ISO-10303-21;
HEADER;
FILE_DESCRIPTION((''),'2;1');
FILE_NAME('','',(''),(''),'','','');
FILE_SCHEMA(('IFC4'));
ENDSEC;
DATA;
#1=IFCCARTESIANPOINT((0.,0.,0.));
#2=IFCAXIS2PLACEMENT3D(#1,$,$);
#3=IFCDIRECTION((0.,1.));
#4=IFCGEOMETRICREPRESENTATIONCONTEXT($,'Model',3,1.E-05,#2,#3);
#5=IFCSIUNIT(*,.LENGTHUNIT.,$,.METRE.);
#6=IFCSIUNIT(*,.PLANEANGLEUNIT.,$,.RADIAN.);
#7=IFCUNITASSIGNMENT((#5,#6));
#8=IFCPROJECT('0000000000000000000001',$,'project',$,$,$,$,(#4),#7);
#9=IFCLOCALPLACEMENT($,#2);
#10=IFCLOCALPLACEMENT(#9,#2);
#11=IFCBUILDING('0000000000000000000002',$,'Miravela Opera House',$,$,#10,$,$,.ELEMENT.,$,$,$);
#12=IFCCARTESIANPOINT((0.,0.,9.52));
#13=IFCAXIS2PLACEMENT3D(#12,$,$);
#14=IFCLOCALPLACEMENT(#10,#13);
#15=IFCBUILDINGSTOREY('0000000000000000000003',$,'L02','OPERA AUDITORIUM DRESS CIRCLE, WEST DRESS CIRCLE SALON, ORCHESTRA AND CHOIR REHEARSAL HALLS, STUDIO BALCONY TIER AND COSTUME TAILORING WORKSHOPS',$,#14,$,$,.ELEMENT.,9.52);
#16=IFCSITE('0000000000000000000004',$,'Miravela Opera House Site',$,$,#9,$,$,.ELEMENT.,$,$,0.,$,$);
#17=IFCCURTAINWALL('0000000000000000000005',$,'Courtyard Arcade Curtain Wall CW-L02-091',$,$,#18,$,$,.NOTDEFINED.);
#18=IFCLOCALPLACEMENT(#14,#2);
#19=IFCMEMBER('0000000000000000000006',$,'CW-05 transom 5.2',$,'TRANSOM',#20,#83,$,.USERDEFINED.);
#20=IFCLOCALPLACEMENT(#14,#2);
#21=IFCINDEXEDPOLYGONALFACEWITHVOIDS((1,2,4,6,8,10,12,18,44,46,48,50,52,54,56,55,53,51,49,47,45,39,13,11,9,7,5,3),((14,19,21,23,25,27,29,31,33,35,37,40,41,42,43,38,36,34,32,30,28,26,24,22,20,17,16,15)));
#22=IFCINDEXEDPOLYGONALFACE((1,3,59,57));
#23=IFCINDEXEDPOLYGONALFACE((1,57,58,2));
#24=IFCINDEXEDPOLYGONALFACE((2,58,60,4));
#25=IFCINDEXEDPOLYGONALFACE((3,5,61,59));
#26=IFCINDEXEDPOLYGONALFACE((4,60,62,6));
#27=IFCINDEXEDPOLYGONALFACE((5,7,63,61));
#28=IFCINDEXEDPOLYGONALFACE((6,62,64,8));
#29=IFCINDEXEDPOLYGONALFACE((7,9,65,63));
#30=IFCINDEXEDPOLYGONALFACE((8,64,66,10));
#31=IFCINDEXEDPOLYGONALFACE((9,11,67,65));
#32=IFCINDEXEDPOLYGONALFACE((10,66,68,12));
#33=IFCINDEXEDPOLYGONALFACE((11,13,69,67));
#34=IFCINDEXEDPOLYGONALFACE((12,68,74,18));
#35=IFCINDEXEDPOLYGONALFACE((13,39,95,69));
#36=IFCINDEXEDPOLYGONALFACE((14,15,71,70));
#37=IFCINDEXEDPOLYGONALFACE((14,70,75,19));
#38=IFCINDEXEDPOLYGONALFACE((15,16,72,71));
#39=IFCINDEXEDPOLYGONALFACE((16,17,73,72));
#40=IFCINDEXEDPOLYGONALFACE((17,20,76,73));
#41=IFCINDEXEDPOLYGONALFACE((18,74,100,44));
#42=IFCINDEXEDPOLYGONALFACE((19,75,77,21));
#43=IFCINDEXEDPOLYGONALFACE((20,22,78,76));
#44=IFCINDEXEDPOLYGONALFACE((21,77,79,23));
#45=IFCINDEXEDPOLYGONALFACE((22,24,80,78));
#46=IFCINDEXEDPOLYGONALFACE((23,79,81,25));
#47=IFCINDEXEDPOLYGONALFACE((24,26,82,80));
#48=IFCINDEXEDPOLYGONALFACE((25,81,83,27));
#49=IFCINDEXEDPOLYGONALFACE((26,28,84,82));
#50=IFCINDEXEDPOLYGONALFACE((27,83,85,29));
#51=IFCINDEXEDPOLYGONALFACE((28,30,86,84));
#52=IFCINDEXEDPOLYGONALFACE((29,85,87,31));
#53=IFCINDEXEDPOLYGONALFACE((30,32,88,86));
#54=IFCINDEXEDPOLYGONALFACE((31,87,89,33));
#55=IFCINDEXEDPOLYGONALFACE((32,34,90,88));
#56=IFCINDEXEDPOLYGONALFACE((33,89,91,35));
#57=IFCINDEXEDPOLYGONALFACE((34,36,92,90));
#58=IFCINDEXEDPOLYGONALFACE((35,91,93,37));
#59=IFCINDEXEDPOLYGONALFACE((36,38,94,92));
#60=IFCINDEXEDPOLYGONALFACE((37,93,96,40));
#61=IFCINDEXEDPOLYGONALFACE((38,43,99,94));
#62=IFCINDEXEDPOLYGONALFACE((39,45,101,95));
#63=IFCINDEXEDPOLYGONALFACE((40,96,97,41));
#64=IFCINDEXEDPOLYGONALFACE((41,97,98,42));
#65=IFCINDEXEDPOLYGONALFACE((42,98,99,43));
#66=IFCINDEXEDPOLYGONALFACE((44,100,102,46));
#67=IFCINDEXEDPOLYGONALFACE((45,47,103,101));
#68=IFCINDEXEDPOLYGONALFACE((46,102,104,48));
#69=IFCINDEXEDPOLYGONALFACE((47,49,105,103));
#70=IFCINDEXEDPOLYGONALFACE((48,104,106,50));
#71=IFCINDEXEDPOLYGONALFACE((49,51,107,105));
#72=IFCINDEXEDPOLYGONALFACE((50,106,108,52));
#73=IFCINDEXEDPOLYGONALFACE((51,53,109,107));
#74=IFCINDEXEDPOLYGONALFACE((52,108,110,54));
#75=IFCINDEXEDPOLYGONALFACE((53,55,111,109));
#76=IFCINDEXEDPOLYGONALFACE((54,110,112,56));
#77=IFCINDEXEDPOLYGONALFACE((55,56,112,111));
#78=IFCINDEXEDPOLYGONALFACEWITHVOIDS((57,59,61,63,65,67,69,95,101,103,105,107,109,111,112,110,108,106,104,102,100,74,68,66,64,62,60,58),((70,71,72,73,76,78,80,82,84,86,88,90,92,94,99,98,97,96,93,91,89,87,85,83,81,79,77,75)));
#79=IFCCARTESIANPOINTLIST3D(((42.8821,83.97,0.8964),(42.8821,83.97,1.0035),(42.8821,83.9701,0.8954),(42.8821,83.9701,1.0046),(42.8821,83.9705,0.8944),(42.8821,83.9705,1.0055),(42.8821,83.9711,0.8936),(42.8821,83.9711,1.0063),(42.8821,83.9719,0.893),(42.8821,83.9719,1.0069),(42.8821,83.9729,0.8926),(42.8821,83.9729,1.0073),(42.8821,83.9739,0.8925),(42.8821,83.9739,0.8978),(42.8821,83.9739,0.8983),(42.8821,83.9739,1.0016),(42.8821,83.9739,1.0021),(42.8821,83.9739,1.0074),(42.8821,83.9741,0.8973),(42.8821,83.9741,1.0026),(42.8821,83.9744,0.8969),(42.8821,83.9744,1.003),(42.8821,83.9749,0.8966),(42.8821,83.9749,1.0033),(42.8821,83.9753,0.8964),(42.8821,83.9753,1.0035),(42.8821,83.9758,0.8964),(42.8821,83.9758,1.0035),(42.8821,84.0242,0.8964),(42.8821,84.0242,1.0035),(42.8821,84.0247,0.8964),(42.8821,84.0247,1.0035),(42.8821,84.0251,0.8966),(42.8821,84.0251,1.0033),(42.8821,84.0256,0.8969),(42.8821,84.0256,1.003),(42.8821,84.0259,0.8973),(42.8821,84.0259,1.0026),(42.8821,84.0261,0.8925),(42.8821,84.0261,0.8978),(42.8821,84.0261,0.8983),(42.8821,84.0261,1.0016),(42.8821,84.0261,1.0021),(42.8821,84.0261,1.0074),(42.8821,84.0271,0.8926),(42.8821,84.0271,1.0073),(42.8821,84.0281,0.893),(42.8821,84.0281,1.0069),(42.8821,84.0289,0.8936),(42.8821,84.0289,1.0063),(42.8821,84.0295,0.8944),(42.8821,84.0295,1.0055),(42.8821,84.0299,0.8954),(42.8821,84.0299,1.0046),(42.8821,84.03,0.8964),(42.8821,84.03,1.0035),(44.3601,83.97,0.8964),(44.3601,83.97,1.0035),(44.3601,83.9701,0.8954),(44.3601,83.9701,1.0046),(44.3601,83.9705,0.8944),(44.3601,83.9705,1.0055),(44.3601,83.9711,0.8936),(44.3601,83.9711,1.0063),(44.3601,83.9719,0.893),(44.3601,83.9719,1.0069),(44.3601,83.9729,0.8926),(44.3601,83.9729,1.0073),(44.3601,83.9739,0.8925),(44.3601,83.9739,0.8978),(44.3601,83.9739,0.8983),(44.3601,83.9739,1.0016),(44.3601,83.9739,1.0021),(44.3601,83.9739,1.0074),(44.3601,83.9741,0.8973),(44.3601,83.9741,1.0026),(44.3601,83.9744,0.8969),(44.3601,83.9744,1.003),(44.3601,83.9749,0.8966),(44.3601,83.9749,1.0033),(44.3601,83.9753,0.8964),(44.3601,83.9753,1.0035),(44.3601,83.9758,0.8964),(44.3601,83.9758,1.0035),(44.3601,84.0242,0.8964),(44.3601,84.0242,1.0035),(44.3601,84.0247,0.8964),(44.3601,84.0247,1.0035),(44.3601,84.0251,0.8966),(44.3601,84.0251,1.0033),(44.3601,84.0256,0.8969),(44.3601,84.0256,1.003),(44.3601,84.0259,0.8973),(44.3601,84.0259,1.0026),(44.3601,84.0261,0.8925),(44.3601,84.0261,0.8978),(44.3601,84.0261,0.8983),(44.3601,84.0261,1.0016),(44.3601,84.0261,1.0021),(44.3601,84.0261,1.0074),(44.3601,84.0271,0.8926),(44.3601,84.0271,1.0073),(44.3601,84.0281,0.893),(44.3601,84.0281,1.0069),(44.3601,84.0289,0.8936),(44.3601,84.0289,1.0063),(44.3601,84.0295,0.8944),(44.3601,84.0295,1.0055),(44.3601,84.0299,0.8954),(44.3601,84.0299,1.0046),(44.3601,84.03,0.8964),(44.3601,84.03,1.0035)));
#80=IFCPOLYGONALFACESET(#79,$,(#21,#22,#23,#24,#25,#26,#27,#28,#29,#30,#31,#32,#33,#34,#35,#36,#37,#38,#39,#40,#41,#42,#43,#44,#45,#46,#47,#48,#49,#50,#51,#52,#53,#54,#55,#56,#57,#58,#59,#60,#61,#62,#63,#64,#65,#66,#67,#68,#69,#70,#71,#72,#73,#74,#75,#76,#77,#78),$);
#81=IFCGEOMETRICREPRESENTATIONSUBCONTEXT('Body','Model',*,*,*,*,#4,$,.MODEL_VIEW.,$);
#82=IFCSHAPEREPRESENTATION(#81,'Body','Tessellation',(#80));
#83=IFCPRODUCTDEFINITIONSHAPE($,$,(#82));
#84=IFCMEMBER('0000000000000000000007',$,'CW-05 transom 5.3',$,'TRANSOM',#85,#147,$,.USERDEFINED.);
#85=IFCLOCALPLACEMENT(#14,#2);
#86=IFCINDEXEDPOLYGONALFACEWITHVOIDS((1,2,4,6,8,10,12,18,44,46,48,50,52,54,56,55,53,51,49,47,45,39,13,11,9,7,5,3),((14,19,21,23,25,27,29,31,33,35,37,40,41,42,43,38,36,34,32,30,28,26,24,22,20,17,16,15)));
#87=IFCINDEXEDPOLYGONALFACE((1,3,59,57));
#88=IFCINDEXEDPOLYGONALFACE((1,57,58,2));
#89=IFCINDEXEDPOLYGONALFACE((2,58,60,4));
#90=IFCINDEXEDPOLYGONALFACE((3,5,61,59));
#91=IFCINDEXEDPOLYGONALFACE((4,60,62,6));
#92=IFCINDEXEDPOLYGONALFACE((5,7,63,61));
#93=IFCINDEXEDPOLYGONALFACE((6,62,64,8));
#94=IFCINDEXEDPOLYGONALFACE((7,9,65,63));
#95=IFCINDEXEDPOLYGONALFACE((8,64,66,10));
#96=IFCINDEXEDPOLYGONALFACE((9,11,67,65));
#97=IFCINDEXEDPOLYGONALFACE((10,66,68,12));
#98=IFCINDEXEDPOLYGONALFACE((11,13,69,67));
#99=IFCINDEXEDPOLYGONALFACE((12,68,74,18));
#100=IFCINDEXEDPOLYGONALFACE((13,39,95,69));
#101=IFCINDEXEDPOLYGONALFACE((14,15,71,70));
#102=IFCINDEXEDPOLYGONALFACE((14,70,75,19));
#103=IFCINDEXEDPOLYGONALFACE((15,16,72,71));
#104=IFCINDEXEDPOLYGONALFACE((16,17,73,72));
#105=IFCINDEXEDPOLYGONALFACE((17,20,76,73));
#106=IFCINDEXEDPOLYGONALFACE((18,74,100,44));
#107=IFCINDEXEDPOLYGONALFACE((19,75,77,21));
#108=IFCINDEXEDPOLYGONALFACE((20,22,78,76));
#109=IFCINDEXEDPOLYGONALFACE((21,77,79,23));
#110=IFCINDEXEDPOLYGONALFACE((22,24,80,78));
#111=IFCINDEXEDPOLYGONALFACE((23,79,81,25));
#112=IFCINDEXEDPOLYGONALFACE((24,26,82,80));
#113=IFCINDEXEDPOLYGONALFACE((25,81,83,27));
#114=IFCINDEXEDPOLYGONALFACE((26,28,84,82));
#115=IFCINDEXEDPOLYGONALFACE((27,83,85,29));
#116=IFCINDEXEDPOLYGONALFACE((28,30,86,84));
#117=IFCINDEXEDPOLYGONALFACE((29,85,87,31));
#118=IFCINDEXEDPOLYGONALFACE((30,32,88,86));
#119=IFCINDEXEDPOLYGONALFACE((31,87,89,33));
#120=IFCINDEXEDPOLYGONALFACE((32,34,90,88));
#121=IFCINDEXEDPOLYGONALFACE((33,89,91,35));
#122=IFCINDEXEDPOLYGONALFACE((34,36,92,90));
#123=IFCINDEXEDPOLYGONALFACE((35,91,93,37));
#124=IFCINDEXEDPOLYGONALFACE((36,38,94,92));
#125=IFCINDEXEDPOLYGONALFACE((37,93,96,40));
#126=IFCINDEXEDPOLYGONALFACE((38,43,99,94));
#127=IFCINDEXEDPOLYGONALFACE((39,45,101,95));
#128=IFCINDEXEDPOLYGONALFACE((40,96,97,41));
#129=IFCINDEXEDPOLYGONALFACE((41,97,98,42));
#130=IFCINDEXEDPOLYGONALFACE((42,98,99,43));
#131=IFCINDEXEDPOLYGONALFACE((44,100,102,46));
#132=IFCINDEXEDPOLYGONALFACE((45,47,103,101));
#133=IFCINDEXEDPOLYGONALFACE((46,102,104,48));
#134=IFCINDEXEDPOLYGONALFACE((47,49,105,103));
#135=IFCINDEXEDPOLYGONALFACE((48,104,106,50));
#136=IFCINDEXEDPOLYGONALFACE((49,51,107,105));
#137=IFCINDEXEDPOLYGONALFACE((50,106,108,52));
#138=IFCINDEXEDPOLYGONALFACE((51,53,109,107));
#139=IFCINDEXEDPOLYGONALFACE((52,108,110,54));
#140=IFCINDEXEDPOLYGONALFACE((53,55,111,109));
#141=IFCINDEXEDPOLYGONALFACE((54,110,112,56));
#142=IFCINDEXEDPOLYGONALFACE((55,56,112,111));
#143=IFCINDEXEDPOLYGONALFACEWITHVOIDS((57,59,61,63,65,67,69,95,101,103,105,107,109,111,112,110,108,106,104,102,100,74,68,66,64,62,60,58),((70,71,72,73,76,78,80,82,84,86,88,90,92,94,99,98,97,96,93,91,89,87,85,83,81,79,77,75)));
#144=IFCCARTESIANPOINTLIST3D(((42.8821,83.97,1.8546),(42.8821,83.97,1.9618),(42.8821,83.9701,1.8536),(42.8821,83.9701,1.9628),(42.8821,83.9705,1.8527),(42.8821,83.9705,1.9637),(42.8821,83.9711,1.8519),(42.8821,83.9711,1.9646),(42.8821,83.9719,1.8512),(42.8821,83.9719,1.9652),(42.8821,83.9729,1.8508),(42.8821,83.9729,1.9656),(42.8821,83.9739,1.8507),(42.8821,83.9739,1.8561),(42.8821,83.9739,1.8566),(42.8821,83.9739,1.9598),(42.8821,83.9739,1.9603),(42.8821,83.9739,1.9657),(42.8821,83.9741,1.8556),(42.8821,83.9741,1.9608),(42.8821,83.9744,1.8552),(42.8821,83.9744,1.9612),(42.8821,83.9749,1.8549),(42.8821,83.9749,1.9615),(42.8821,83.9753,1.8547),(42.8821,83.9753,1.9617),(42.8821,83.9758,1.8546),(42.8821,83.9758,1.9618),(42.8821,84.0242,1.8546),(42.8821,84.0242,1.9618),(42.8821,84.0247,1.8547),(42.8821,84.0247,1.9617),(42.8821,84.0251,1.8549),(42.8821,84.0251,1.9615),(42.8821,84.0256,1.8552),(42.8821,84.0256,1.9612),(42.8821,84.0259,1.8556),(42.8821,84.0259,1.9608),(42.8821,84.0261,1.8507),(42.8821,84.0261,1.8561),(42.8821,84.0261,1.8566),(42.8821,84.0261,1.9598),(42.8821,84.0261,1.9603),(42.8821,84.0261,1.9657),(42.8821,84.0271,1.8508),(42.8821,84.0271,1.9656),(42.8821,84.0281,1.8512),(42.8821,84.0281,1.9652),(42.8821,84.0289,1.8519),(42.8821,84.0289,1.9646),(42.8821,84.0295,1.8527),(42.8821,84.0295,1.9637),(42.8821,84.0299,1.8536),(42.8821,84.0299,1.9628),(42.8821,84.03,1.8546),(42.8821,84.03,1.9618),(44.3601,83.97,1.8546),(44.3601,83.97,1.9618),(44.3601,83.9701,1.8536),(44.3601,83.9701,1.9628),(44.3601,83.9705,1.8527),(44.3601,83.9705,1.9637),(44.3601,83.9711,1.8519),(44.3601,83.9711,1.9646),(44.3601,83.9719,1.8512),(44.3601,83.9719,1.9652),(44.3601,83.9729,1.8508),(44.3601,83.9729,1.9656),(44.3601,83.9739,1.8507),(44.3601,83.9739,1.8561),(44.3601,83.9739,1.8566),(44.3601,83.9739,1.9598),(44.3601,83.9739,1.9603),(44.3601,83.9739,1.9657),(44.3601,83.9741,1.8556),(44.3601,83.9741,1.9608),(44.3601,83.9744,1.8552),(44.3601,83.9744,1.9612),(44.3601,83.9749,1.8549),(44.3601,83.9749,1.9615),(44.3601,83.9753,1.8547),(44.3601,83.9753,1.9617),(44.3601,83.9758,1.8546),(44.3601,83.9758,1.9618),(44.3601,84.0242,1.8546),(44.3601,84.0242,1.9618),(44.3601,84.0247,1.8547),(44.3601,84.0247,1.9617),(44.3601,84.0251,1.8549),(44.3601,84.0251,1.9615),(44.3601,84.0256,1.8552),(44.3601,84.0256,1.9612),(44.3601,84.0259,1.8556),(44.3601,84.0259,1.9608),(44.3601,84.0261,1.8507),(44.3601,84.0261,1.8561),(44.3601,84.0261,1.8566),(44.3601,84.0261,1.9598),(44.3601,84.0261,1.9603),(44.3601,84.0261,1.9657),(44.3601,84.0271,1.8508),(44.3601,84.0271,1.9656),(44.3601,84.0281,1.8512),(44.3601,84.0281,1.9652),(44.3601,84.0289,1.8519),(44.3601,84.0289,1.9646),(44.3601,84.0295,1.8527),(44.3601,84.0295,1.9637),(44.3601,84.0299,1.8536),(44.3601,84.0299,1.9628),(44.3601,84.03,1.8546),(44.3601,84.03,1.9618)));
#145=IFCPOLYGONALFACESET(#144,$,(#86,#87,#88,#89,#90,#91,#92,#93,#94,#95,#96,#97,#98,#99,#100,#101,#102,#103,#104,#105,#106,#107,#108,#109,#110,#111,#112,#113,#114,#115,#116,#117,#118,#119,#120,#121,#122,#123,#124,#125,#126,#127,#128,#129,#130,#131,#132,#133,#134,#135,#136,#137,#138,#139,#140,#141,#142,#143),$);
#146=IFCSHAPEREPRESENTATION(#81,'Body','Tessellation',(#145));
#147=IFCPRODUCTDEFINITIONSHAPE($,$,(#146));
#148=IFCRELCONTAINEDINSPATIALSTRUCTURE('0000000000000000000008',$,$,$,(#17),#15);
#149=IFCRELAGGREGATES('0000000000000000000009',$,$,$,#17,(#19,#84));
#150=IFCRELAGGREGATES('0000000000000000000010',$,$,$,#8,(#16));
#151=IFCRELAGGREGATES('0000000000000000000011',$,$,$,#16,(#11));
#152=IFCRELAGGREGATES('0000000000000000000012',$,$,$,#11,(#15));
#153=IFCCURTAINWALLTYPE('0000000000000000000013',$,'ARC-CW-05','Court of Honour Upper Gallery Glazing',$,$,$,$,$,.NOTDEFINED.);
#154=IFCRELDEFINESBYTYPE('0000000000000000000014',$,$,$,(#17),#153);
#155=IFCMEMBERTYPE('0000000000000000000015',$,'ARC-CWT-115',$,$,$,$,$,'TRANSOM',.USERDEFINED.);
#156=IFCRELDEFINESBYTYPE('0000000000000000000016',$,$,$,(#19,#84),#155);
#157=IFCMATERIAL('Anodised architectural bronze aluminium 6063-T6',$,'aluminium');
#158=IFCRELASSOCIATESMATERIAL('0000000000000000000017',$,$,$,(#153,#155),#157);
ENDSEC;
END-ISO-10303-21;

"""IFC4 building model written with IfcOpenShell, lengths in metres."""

from ifc_helpers import new_model, si_unit, direction, frame, origin, origin_2d, place, context, subcontext, project, spatial, hollow_rectangle, extrude, material, material_profile, profile_set, type_object, element, aggregate, save


model = new_model("IFC4")

# Units and contexts
model_context = context("Model", 3, precision=1e-05, world=origin(), true_north=direction((0.0, 1.0)))
body_context = subcontext(model_context, "Body", "Model", "MODEL_VIEW")
ifc_project = project(units=[si_unit("LENGTHUNIT", "METRE"), si_unit("PLANEANGLEUNIT", "RADIAN")], contexts=[model_context])

# Site, building, storey
site_placement = place(None, origin())
site = spatial("IfcSite", under=ifc_project, at=site_placement, Name="Miravela Opera House Site", CompositionType="ELEMENT", RefElevation=0.0)
building_placement = place(site_placement, origin())
building = spatial("IfcBuilding", under=site, at=building_placement, Name="Miravela Opera House", CompositionType="ELEMENT")
storey_placement = place(building_placement, frame((0.0, 0.0, 9.52)))
storey = spatial("IfcBuildingStorey", under=building, at=storey_placement, Name="L02", Description="OPERA AUDITORIUM DRESS CIRCLE, WEST DRESS CIRCLE SALON, ORCHESTRA AND CHOIR REHEARSAL HALLS, STUDIO BALCONY TIER AND COSTUME TAILORING WORKSHOPS", CompositionType="ELEMENT", Elevation=9.52)

# Curtain wall, members
ifc_material_1 = material(Name="Anodised architectural bronze aluminium 6063-T6", Category="aluminium")
curtain_wall_type = type_object("IfcCurtainWallType", Name="ARC-CW-05", Description="Court of Honour Upper Gallery Glazing", PredefinedType="NOTDEFINED", material=ifc_material_1)
curtain_wall_placement = place(storey_placement, origin())
curtain_wall = element("IfcCurtainWall", 1, at=curtain_wall_placement, inside=storey, type_object=curtain_wall_type, Name="Courtyard Arcade Curtain Wall CW-L02-091", PredefinedType="NOTDEFINED")
ifc_material_profile_1 = material_profile(ifc_material_1, hollow_rectangle(XDim=0.0601, YDim=0.115, WallThickness=0.0039, InnerFilletRadius=0.002, OuterFilletRadius=0.0039, at=origin_2d()), Name="CWT-60X115")
ifc_profile_set_1 = profile_set([ifc_material_profile_1])
member_type_1 = type_object("IfcMemberType", Name="ARC-CWT-115", ElementType="TRANSOM", PredefinedType="USERDEFINED", material=ifc_profile_set_1)
member_1_placement = place(storey_placement, frame((42.8821, 84.0, 0.95), z_axis=(1.0, 0.0, 0.0), x_axis=(0.0, 1.0, 0.0)))
member_1 = element("IfcMember", 2, at=member_1_placement, type_object=member_type_1, Name="CW-05 transom 5.2", ObjectType="TRANSOM", PredefinedType="USERDEFINED", context=body_context, shape_type="SweptSolid", body=[
    extrude(hollow_rectangle(XDim=0.0601, YDim=0.115, WallThickness=0.0039, InnerFilletRadius=0.002, OuterFilletRadius=0.0039, at=origin_2d()), origin(), (0.0, 0.0, 1.0), 1.478),
])
member_2_placement = place(storey_placement, frame((42.8821, 84.0, 1.9082), z_axis=(1.0, 0.0, 0.0), x_axis=(0.0, 1.0, 0.0)))
member_2 = element("IfcMember", 3, at=member_2_placement, type_object=member_type_1, Name="CW-05 transom 5.3", ObjectType="TRANSOM", PredefinedType="USERDEFINED", context=body_context, shape_type="SweptSolid", body=[
    extrude(hollow_rectangle(XDim=0.0601, YDim=0.115, WallThickness=0.0039, InnerFilletRadius=0.002, OuterFilletRadius=0.0039, at=origin_2d()), origin(), (0.0, 0.0, 1.0), 1.478),
])
aggregate(curtain_wall, [member_1, member_2])

save(model, "model.ifc")
